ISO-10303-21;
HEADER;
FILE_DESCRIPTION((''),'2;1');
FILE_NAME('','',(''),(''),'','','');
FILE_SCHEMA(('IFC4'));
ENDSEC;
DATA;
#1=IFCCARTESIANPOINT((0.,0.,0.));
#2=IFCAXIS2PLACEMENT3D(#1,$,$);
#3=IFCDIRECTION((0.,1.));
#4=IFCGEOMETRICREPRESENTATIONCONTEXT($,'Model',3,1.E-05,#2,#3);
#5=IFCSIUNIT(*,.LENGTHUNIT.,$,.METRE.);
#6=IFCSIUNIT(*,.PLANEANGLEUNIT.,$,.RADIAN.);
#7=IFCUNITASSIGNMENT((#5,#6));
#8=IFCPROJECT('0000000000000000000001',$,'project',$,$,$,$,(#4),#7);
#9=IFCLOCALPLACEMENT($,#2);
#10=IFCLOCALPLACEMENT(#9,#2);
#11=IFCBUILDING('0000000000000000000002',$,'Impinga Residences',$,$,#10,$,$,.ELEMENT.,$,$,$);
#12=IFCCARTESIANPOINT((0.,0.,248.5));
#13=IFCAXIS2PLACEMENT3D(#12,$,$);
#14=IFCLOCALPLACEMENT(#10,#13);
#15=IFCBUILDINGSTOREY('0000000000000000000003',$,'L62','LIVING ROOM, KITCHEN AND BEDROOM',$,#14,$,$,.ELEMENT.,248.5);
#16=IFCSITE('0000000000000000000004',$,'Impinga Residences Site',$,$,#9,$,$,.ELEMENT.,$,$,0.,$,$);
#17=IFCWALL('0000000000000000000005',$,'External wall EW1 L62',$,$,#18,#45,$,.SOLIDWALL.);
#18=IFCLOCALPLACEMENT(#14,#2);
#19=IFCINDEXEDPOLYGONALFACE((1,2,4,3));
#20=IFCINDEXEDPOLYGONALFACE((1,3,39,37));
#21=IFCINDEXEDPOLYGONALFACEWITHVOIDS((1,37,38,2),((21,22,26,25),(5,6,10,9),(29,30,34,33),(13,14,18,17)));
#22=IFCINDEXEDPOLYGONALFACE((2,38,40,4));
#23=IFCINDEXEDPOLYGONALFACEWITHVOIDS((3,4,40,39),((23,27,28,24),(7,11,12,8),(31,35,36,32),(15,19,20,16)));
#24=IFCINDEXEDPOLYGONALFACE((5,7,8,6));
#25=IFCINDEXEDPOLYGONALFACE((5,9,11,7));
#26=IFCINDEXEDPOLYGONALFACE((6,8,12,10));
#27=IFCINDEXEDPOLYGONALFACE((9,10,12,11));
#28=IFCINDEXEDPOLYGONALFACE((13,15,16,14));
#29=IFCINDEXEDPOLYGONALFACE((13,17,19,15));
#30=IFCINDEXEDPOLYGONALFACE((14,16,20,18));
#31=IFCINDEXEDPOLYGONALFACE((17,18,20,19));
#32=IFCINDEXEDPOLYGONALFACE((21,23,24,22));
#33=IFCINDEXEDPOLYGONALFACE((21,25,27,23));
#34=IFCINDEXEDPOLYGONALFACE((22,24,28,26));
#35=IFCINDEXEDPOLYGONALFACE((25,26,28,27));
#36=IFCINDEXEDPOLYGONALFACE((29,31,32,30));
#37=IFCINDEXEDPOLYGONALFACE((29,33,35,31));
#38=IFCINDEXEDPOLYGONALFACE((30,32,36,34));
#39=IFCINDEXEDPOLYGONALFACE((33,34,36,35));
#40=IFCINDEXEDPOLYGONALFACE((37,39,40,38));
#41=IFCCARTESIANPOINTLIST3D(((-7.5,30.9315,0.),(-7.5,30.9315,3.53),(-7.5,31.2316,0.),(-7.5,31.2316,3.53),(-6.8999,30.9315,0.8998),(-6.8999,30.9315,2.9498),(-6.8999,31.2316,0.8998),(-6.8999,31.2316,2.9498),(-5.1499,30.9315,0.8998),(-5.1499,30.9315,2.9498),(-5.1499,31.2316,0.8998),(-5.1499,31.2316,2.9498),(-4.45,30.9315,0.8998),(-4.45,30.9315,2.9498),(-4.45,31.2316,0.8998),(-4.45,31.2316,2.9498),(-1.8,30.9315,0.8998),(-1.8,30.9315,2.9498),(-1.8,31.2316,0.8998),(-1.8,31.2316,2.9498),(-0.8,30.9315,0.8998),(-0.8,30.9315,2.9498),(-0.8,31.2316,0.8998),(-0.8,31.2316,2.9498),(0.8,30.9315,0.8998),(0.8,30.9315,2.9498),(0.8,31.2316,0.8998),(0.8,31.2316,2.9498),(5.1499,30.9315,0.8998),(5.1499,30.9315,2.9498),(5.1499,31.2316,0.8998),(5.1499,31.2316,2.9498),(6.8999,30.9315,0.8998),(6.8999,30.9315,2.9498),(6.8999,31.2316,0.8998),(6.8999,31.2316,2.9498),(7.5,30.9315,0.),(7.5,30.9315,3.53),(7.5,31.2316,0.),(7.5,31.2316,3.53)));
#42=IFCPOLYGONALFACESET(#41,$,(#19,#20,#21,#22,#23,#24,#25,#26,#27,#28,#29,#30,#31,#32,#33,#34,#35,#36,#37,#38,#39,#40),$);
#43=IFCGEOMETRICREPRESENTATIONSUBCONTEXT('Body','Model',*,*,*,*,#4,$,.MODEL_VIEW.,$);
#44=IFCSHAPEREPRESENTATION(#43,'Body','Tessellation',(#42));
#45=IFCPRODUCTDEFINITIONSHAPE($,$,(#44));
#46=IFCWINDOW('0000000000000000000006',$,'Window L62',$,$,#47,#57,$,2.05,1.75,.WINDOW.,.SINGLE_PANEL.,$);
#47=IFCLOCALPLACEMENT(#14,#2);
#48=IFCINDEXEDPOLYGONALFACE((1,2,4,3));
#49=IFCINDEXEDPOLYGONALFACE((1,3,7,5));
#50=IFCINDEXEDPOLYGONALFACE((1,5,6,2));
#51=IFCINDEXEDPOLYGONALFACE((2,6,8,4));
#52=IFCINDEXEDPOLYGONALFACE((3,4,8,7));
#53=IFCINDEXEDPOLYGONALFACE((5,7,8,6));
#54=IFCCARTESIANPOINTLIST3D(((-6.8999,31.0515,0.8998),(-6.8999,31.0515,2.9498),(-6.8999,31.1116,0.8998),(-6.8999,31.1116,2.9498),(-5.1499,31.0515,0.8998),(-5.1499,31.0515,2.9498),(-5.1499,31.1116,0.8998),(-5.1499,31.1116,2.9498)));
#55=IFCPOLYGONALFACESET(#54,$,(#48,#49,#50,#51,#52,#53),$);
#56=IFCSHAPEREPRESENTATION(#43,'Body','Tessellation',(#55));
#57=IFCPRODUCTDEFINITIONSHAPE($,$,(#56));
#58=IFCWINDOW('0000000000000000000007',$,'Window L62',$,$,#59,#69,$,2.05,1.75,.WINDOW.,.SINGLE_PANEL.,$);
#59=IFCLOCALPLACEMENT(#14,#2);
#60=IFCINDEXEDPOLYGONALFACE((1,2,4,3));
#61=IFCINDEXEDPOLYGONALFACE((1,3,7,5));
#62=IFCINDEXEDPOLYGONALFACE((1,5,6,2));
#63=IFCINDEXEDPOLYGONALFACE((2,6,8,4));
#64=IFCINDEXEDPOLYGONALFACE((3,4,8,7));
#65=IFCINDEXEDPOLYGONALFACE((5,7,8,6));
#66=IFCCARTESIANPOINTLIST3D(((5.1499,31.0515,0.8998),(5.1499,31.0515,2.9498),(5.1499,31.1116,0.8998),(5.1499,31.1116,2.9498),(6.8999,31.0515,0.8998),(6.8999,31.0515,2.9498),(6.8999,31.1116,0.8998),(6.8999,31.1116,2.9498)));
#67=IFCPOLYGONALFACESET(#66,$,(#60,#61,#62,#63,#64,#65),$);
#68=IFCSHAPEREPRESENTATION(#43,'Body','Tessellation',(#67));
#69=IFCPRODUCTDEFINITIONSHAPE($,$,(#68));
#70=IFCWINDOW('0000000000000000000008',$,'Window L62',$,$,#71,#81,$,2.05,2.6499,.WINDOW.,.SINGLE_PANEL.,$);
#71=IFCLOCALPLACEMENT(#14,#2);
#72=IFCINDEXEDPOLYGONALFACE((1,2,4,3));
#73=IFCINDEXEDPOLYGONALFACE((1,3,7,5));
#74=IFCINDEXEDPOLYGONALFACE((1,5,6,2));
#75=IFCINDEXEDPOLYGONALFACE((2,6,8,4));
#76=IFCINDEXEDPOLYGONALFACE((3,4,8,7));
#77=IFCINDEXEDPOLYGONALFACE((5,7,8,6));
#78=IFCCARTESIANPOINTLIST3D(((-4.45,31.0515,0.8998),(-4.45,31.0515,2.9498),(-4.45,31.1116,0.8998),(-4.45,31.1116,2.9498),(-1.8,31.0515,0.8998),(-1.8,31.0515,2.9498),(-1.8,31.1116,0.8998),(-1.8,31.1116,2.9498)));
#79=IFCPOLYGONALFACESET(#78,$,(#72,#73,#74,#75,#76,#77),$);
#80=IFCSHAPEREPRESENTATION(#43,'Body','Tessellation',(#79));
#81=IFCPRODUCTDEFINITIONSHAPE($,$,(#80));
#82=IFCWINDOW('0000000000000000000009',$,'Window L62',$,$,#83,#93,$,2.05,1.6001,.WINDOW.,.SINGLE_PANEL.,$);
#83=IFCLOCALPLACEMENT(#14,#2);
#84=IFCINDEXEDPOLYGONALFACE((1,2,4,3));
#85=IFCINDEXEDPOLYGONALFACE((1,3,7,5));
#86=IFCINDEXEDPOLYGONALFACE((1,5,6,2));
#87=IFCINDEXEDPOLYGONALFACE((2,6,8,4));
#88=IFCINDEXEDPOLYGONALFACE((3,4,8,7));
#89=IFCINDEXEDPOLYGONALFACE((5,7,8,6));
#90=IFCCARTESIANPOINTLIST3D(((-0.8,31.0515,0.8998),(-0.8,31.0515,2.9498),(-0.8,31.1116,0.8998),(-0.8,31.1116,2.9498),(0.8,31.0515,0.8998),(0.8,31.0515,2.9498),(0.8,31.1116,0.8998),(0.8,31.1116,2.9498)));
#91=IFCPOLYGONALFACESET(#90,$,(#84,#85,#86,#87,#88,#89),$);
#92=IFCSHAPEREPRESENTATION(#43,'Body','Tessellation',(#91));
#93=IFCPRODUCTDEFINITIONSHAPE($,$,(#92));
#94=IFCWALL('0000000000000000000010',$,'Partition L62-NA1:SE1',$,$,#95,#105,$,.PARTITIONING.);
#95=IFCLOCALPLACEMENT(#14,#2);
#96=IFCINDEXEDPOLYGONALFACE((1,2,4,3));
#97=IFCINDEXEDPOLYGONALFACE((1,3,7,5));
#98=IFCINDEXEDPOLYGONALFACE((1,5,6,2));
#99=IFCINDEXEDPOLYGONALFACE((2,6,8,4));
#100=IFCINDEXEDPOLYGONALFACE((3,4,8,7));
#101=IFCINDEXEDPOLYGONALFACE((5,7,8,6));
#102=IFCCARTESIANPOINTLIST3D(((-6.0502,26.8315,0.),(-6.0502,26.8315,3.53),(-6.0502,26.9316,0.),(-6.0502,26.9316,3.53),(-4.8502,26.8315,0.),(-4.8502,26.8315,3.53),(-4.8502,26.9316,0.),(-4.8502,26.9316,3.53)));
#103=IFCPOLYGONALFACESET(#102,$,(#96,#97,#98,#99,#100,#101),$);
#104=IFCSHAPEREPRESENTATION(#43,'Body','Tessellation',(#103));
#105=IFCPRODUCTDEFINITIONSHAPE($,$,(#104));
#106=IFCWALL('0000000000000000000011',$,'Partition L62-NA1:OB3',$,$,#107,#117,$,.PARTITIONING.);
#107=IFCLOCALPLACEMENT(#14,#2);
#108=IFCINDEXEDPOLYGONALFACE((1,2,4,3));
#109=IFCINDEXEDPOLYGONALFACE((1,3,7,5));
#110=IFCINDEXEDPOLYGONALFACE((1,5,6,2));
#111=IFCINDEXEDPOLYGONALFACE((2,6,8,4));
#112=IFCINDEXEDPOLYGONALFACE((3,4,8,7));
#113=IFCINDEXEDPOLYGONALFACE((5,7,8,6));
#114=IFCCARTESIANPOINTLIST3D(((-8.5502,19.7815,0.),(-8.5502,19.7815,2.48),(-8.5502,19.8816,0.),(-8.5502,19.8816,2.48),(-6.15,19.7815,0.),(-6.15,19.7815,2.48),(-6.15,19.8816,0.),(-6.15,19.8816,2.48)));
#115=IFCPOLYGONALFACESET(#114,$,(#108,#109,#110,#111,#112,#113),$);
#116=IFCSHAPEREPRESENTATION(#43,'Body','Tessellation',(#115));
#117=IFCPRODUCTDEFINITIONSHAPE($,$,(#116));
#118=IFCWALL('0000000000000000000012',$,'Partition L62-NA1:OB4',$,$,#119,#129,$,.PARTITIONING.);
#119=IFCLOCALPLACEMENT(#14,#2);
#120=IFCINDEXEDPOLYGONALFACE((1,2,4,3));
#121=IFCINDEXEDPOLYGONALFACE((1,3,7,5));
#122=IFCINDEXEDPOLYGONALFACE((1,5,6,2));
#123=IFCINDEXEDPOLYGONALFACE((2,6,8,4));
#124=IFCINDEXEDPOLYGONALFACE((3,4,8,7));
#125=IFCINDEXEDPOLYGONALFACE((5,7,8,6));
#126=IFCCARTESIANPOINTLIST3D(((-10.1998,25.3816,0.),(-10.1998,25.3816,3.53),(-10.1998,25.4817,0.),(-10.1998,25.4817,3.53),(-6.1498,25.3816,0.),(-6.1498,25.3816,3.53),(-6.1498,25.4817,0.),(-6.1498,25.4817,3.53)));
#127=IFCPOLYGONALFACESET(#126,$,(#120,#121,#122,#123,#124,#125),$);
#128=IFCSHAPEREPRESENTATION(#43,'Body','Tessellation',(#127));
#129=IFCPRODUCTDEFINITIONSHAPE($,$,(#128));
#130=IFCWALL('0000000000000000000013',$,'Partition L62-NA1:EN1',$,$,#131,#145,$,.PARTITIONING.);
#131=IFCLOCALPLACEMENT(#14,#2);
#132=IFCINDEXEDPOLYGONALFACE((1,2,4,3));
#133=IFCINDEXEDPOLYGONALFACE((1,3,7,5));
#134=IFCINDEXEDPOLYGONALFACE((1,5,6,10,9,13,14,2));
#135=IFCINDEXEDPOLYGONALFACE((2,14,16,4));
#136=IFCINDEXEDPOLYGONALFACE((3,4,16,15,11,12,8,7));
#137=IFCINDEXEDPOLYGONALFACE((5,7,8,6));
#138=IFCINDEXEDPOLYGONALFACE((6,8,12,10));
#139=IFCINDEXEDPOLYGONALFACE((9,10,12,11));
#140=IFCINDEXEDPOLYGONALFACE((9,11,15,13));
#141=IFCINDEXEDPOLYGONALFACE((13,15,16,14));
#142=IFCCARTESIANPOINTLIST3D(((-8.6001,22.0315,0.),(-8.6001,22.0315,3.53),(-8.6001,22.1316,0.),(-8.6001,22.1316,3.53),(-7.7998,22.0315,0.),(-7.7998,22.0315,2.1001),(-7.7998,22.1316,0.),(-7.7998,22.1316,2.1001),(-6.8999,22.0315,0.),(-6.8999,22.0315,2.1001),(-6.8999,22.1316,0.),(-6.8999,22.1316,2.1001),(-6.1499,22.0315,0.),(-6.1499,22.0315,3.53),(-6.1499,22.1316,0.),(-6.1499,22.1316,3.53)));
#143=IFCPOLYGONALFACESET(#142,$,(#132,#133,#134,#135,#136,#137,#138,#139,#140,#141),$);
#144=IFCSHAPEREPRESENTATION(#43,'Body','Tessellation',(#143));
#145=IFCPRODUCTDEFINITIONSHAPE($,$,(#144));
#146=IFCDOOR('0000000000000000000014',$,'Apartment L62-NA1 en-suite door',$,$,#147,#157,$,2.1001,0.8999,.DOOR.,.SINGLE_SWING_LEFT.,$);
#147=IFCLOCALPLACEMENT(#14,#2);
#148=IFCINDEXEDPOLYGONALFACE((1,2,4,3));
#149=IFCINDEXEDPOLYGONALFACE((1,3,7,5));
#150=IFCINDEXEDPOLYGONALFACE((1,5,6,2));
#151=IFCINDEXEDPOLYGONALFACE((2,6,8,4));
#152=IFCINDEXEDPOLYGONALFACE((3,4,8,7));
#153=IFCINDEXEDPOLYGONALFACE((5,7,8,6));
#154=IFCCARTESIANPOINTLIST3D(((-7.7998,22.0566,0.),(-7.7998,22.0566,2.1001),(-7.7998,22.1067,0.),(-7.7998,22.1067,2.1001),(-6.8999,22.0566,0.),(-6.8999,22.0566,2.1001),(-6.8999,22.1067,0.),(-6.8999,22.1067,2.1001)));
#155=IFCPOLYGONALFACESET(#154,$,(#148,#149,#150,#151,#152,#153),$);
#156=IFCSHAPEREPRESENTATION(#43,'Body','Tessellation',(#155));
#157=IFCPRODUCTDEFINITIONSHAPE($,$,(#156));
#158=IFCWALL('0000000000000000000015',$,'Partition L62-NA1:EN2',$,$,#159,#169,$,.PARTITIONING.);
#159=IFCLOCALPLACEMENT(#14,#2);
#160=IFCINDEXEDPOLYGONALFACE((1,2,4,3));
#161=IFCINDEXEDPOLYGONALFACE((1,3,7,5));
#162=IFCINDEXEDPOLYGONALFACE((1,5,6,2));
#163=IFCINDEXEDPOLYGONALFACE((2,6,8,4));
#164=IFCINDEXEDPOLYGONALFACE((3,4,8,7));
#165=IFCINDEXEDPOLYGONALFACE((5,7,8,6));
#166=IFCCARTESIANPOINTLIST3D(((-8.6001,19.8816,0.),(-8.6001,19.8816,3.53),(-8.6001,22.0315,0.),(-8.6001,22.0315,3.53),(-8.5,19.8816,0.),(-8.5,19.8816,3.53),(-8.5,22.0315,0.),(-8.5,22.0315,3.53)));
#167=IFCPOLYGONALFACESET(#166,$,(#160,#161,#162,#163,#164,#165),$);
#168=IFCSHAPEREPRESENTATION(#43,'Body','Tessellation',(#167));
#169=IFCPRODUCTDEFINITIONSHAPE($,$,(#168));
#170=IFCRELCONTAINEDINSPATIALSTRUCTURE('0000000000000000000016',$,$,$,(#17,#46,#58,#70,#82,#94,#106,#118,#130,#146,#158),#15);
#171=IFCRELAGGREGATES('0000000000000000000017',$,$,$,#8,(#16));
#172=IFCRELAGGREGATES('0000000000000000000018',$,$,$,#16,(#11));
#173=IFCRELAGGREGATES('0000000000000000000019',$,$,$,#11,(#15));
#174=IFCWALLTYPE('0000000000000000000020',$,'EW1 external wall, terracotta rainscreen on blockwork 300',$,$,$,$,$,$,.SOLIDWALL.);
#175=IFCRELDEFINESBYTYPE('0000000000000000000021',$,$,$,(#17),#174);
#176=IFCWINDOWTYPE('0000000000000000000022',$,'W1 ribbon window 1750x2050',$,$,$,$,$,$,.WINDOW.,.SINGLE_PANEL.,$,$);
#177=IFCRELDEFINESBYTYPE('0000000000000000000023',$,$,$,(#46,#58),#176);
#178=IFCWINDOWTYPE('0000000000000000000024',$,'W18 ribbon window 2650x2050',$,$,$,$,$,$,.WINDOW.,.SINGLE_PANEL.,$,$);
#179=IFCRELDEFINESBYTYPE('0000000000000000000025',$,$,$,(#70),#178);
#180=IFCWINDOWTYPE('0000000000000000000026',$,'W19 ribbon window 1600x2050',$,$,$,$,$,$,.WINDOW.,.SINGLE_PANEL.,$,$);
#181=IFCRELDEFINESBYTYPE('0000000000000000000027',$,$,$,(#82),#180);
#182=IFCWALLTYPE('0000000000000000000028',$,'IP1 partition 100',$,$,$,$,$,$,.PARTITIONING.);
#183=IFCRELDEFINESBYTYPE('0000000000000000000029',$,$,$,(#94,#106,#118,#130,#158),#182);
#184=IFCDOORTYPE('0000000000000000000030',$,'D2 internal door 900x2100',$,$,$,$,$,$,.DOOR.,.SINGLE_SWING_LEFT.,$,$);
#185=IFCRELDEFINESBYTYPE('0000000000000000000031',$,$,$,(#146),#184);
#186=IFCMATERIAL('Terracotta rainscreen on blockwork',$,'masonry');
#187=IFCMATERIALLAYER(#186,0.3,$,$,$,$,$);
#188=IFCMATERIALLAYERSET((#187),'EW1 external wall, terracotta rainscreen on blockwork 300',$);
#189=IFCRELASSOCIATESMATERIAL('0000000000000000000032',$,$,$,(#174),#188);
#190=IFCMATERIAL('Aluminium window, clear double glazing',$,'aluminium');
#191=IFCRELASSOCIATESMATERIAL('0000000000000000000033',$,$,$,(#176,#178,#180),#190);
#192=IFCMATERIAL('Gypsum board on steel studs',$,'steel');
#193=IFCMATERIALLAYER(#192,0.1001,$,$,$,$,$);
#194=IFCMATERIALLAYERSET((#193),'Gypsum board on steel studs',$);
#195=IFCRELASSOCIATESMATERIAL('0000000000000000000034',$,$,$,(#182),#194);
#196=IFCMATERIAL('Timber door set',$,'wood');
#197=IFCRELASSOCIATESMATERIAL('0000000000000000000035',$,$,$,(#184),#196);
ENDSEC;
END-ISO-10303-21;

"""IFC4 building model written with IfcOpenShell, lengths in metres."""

from ifc_helpers import new_model, si_unit, direction, frame, frame_2d, origin, place, context, subcontext, project, spatial, rectangle, extrude, material, layer, layer_set, type_object, element, fill, save


model = new_model("IFC4")

# Units and contexts
model_context = context("Model", 3, precision=1e-05, world=origin(), true_north=direction((0.0, 1.0)))
body_context = subcontext(model_context, "Body", "Model", "MODEL_VIEW")
ifc_project = project(units=[si_unit("LENGTHUNIT", "METRE"), si_unit("PLANEANGLEUNIT", "RADIAN")], contexts=[model_context])

# Site, building, storey
site_placement = place(None, origin())
site = spatial("IfcSite", under=ifc_project, at=site_placement, Name="Impinga Residences Site", CompositionType="ELEMENT", RefElevation=0.0)
building_placement = place(site_placement, origin())
building = spatial("IfcBuilding", under=site, at=building_placement, Name="Impinga Residences", CompositionType="ELEMENT")
storey_placement = place(building_placement, frame((0.0, 0.0, 248.5)))
storey = spatial("IfcBuildingStorey", under=building, at=storey_placement, Name="L62", Description="LIVING ROOM, KITCHEN AND BEDROOM", CompositionType="ELEMENT", Elevation=248.5)

# Shared definitions
ifc_material_1 = material(Name="Timber door set", Category="wood")

# Shared definitions
ifc_material_2 = material(Name="Terracotta rainscreen on blockwork", Category="masonry")
ifc_layer_1 = layer(ifc_material_2, 0.3)
ifc_layer_set_1 = layer_set([ifc_layer_1], Name="EW1 external wall, terracotta rainscreen on blockwork 300")
wall_type_1 = type_object("IfcWallType", Name="EW1 external wall, terracotta rainscreen on blockwork 300", PredefinedType="SOLIDWALL", material=ifc_layer_set_1)

# Wall, openings, windows
wall_1_placement = place(storey_placement, frame((-7.5, 31.0815, 0.0), z_axis=(0.0, 0.0, 1.0), x_axis=(1.0, 0.0, 0.0)))
wall_1 = element("IfcWall", 1, at=wall_1_placement, inside=storey, type_object=wall_type_1, Name="External wall EW1 L62", PredefinedType="SOLIDWALL", context=body_context, shape_type="SweptSolid", body=[
    extrude(rectangle(XDim=15.0, YDim=0.3, at=frame_2d((7.5, 0.0))), origin(), (0.0, 0.0, 1.0), 3.53),
])
opening_1_placement = place(wall_1_placement, frame((0.6001, 0.0, 0.8999)))
opening_1 = element("IfcOpeningElement", 2, at=opening_1_placement, cuts=wall_1, PredefinedType="OPENING", context=body_context, shape_type="SweptSolid", body=[
    extrude(rectangle(XDim=1.75, YDim=2.05, at=frame_2d((0.875, 1.0249))), frame((0.0, 0.1599, 0.0), z_axis=(0.0, -1.0, 0.0), x_axis=(1.0, 0.0, 0.0)), (0.0, 0.0, 1.0), 0.3201),
])
opening_2_placement = place(wall_1_placement, frame((3.05, 0.0, 0.8999)))
opening_2 = element("IfcOpeningElement", 3, at=opening_2_placement, cuts=wall_1, PredefinedType="OPENING", context=body_context, shape_type="SweptSolid", body=[
    extrude(rectangle(XDim=2.6499, YDim=2.05, at=frame_2d((1.325, 1.0249))), frame((0.0, 0.1599, 0.0), z_axis=(0.0, -1.0, 0.0), x_axis=(1.0, 0.0, 0.0)), (0.0, 0.0, 1.0), 0.3201),
])
opening_3_placement = place(wall_1_placement, frame((6.7, 0.0, 0.8999)))
opening_3 = element("IfcOpeningElement", 4, at=opening_3_placement, cuts=wall_1, PredefinedType="OPENING", context=body_context, shape_type="SweptSolid", body=[
    extrude(rectangle(XDim=1.6001, YDim=2.05, at=frame_2d((0.8, 1.0249))), frame((0.0, 0.1599, 0.0), z_axis=(0.0, -1.0, 0.0), x_axis=(1.0, 0.0, 0.0)), (0.0, 0.0, 1.0), 0.3201),
])
opening_4_placement = place(wall_1_placement, frame((12.6499, 0.0, 0.8999)))
opening_4 = element("IfcOpeningElement", 5, at=opening_4_placement, cuts=wall_1, PredefinedType="OPENING", context=body_context, shape_type="SweptSolid", body=[
    extrude(rectangle(XDim=1.75, YDim=2.05, at=frame_2d((0.875, 1.0249))), frame((0.0, 0.1599, 0.0), z_axis=(0.0, -1.0, 0.0), x_axis=(1.0, 0.0, 0.0)), (0.0, 0.0, 1.0), 0.3201),
])
ifc_material_3 = material(Name="Aluminium window, clear double glazing", Category="aluminium")
window_type_1 = type_object("IfcWindowType", Name="W1 ribbon window 1750x2050", PartitioningType="SINGLE_PANEL", PredefinedType="WINDOW", material=ifc_material_3)
window_1_placement = place(opening_1_placement, origin())
window_1 = element("IfcWindow", 6, at=window_1_placement, inside=storey, type_object=window_type_1, Name="Window L62", OverallHeight=2.05, OverallWidth=1.75, PartitioningType="SINGLE_PANEL", PredefinedType="WINDOW", context=body_context, shape_type="SweptSolid", body=[
    extrude(rectangle(XDim=1.75, YDim=2.05, at=frame_2d((0.875, 1.0249))), frame((0.0, 0.03, 0.0), z_axis=(0.0, -1.0, 0.0), x_axis=(1.0, 0.0, 0.0)), (0.0, 0.0, 1.0), 0.0601),
])
fill(opening_1, window_1)
window_2_placement = place(opening_4_placement, origin())
window_2 = element("IfcWindow", 7, at=window_2_placement, inside=storey, type_object=window_type_1, Name="Window L62", OverallHeight=2.05, OverallWidth=1.75, PartitioningType="SINGLE_PANEL", PredefinedType="WINDOW", context=body_context, shape_type="SweptSolid", body=[
    extrude(rectangle(XDim=1.75, YDim=2.05, at=frame_2d((0.875, 1.0249))), frame((0.0, 0.03, 0.0), z_axis=(0.0, -1.0, 0.0), x_axis=(1.0, 0.0, 0.0)), (0.0, 0.0, 1.0), 0.0601),
])
fill(opening_4, window_2)
window_type_2 = type_object("IfcWindowType", Name="W18 ribbon window 2650x2050", PartitioningType="SINGLE_PANEL", PredefinedType="WINDOW", material=ifc_material_3)
window_3_placement = place(opening_2_placement, origin())
window_3 = element("IfcWindow", 8, at=window_3_placement, inside=storey, type_object=window_type_2, Name="Window L62", OverallHeight=2.05, OverallWidth=2.6499, PartitioningType="SINGLE_PANEL", PredefinedType="WINDOW", context=body_context, shape_type="SweptSolid", body=[
    extrude(rectangle(XDim=2.6499, YDim=2.05, at=frame_2d((1.325, 1.0249))), frame((0.0, 0.03, 0.0), z_axis=(0.0, -1.0, 0.0), x_axis=(1.0, 0.0, 0.0)), (0.0, 0.0, 1.0), 0.0601),
])
fill(opening_2, window_3)
window_type_3 = type_object("IfcWindowType", Name="W19 ribbon window 1600x2050", PartitioningType="SINGLE_PANEL", PredefinedType="WINDOW", material=ifc_material_3)
window_4_placement = place(opening_3_placement, origin())
window_4 = element("IfcWindow", 9, at=window_4_placement, inside=storey, type_object=window_type_3, Name="Window L62", OverallHeight=2.05, OverallWidth=1.6001, PartitioningType="SINGLE_PANEL", PredefinedType="WINDOW", context=body_context, shape_type="SweptSolid", body=[
    extrude(rectangle(XDim=1.6001, YDim=2.05, at=frame_2d((0.8, 1.0249))), frame((0.0, 0.03, 0.0), z_axis=(0.0, -1.0, 0.0), x_axis=(1.0, 0.0, 0.0)), (0.0, 0.0, 1.0), 0.0601),
])
fill(opening_3, window_4)

# Walls
ifc_material_4 = material(Name="Gypsum board on steel studs", Category="steel")
ifc_layer_2 = layer(ifc_material_4, 0.1001)
ifc_layer_set_2 = layer_set([ifc_layer_2], Name="Gypsum board on steel studs")
wall_type_2 = type_object("IfcWallType", Name="IP1 partition 100", PredefinedType="PARTITIONING", material=ifc_layer_set_2)
wall_2_placement = place(storey_placement, frame((-4.8501, 26.8816, 0.0), z_axis=(0.0, 0.0, 1.0), x_axis=(-1.0, 0.0, 0.0)))
element("IfcWall", 10, at=wall_2_placement, inside=storey, type_object=wall_type_2, Name="Partition L62-NA1:SE1", PredefinedType="PARTITIONING", context=body_context, shape_type="SweptSolid", body=[
    extrude(rectangle(XDim=1.2, YDim=0.1001, at=frame_2d((0.6001, 0.0))), origin(), (0.0, 0.0, 1.0), 3.53),
])
wall_3_placement = place(storey_placement, frame((-6.1499, 19.8315, 0.0), z_axis=(0.0, 0.0, 1.0), x_axis=(-1.0, 0.0, 0.0)))
element("IfcWall", 11, at=wall_3_placement, inside=storey, type_object=wall_type_2, Name="Partition L62-NA1:OB3", PredefinedType="PARTITIONING", context=body_context, shape_type="SweptSolid", body=[
    extrude(rectangle(XDim=2.4001, YDim=0.1001, at=frame_2d((1.2002, 0.0))), origin(), (0.0, 0.0, 1.0), 2.48),
])
wall_4_placement = place(storey_placement, frame((-6.1499, 25.4316, 0.0), z_axis=(0.0, 0.0, 1.0), x_axis=(-1.0, 0.0, 0.0)))
element("IfcWall", 12, at=wall_4_placement, inside=storey, type_object=wall_type_2, Name="Partition L62-NA1:OB4", PredefinedType="PARTITIONING", context=body_context, shape_type="SweptSolid", body=[
    extrude(rectangle(XDim=4.05, YDim=0.1001, at=frame_2d((2.0249, 0.0))), origin(), (0.0, 0.0, 1.0), 3.53),
])

# Wall, opening, door
wall_5_placement = place(storey_placement, frame((-6.1499, 22.0815, 0.0), z_axis=(0.0, 0.0, 1.0), x_axis=(-1.0, 0.0, 0.0)))
wall_5 = element("IfcWall", 13, at=wall_5_placement, inside=storey, type_object=wall_type_2, Name="Partition L62-NA1:EN1", PredefinedType="PARTITIONING", context=body_context, shape_type="SweptSolid", body=[
    extrude(rectangle(XDim=2.4502, YDim=0.1001, at=frame_2d((1.2251, 0.0))), origin(), (0.0, 0.0, 1.0), 3.53),
])
opening_5_placement = place(wall_5_placement, frame((0.75, 0.0, 0.0)))
opening_5 = element("IfcOpeningElement", 14, at=opening_5_placement, cuts=wall_5, PredefinedType="OPENING", context=body_context, shape_type="SweptSolid", body=[
    extrude(rectangle(XDim=0.8999, YDim=2.1001, at=frame_2d((0.45, 1.05))), frame((0.0, 0.0601, 0.0), z_axis=(0.0, -1.0, 0.0), x_axis=(1.0, 0.0, 0.0)), (0.0, 0.0, 1.0), 0.1201),
])
door_type_1 = type_object("IfcDoorType", Name="D2 internal door 900x2100", OperationType="SINGLE_SWING_LEFT", PredefinedType="DOOR", material=ifc_material_1)
door_1_placement = place(opening_5_placement, origin())
door_1 = element("IfcDoor", 15, at=door_1_placement, inside=storey, type_object=door_type_1, Name="Apartment L62-NA1 en-suite door", OperationType="SINGLE_SWING_LEFT", OverallHeight=2.1001, OverallWidth=0.8999, PredefinedType="DOOR", context=body_context, shape_type="SweptSolid", body=[
    extrude(rectangle(XDim=0.8999, YDim=2.1001, at=frame_2d((0.45, 1.05))), frame((0.0, 0.0249, 0.0), z_axis=(0.0, -1.0, 0.0), x_axis=(1.0, 0.0, 0.0)), (0.0, 0.0, 1.0), 0.05),
])
fill(opening_5, door_1)

# Wall
wall_6_placement = place(storey_placement, frame((-8.55, 19.8816, 0.0), z_axis=(0.0, 0.0, 1.0), x_axis=(0.0, 1.0, 0.0)))
element("IfcWall", 16, at=wall_6_placement, inside=storey, type_object=wall_type_2, Name="Partition L62-NA1:EN2", PredefinedType="PARTITIONING", context=body_context, shape_type="SweptSolid", body=[
    extrude(rectangle(XDim=2.1499, YDim=0.1001, at=frame_2d((1.075, 0.0))), origin(), (0.0, 0.0, 1.0), 3.53),
])

save(model, "model.ifc")
